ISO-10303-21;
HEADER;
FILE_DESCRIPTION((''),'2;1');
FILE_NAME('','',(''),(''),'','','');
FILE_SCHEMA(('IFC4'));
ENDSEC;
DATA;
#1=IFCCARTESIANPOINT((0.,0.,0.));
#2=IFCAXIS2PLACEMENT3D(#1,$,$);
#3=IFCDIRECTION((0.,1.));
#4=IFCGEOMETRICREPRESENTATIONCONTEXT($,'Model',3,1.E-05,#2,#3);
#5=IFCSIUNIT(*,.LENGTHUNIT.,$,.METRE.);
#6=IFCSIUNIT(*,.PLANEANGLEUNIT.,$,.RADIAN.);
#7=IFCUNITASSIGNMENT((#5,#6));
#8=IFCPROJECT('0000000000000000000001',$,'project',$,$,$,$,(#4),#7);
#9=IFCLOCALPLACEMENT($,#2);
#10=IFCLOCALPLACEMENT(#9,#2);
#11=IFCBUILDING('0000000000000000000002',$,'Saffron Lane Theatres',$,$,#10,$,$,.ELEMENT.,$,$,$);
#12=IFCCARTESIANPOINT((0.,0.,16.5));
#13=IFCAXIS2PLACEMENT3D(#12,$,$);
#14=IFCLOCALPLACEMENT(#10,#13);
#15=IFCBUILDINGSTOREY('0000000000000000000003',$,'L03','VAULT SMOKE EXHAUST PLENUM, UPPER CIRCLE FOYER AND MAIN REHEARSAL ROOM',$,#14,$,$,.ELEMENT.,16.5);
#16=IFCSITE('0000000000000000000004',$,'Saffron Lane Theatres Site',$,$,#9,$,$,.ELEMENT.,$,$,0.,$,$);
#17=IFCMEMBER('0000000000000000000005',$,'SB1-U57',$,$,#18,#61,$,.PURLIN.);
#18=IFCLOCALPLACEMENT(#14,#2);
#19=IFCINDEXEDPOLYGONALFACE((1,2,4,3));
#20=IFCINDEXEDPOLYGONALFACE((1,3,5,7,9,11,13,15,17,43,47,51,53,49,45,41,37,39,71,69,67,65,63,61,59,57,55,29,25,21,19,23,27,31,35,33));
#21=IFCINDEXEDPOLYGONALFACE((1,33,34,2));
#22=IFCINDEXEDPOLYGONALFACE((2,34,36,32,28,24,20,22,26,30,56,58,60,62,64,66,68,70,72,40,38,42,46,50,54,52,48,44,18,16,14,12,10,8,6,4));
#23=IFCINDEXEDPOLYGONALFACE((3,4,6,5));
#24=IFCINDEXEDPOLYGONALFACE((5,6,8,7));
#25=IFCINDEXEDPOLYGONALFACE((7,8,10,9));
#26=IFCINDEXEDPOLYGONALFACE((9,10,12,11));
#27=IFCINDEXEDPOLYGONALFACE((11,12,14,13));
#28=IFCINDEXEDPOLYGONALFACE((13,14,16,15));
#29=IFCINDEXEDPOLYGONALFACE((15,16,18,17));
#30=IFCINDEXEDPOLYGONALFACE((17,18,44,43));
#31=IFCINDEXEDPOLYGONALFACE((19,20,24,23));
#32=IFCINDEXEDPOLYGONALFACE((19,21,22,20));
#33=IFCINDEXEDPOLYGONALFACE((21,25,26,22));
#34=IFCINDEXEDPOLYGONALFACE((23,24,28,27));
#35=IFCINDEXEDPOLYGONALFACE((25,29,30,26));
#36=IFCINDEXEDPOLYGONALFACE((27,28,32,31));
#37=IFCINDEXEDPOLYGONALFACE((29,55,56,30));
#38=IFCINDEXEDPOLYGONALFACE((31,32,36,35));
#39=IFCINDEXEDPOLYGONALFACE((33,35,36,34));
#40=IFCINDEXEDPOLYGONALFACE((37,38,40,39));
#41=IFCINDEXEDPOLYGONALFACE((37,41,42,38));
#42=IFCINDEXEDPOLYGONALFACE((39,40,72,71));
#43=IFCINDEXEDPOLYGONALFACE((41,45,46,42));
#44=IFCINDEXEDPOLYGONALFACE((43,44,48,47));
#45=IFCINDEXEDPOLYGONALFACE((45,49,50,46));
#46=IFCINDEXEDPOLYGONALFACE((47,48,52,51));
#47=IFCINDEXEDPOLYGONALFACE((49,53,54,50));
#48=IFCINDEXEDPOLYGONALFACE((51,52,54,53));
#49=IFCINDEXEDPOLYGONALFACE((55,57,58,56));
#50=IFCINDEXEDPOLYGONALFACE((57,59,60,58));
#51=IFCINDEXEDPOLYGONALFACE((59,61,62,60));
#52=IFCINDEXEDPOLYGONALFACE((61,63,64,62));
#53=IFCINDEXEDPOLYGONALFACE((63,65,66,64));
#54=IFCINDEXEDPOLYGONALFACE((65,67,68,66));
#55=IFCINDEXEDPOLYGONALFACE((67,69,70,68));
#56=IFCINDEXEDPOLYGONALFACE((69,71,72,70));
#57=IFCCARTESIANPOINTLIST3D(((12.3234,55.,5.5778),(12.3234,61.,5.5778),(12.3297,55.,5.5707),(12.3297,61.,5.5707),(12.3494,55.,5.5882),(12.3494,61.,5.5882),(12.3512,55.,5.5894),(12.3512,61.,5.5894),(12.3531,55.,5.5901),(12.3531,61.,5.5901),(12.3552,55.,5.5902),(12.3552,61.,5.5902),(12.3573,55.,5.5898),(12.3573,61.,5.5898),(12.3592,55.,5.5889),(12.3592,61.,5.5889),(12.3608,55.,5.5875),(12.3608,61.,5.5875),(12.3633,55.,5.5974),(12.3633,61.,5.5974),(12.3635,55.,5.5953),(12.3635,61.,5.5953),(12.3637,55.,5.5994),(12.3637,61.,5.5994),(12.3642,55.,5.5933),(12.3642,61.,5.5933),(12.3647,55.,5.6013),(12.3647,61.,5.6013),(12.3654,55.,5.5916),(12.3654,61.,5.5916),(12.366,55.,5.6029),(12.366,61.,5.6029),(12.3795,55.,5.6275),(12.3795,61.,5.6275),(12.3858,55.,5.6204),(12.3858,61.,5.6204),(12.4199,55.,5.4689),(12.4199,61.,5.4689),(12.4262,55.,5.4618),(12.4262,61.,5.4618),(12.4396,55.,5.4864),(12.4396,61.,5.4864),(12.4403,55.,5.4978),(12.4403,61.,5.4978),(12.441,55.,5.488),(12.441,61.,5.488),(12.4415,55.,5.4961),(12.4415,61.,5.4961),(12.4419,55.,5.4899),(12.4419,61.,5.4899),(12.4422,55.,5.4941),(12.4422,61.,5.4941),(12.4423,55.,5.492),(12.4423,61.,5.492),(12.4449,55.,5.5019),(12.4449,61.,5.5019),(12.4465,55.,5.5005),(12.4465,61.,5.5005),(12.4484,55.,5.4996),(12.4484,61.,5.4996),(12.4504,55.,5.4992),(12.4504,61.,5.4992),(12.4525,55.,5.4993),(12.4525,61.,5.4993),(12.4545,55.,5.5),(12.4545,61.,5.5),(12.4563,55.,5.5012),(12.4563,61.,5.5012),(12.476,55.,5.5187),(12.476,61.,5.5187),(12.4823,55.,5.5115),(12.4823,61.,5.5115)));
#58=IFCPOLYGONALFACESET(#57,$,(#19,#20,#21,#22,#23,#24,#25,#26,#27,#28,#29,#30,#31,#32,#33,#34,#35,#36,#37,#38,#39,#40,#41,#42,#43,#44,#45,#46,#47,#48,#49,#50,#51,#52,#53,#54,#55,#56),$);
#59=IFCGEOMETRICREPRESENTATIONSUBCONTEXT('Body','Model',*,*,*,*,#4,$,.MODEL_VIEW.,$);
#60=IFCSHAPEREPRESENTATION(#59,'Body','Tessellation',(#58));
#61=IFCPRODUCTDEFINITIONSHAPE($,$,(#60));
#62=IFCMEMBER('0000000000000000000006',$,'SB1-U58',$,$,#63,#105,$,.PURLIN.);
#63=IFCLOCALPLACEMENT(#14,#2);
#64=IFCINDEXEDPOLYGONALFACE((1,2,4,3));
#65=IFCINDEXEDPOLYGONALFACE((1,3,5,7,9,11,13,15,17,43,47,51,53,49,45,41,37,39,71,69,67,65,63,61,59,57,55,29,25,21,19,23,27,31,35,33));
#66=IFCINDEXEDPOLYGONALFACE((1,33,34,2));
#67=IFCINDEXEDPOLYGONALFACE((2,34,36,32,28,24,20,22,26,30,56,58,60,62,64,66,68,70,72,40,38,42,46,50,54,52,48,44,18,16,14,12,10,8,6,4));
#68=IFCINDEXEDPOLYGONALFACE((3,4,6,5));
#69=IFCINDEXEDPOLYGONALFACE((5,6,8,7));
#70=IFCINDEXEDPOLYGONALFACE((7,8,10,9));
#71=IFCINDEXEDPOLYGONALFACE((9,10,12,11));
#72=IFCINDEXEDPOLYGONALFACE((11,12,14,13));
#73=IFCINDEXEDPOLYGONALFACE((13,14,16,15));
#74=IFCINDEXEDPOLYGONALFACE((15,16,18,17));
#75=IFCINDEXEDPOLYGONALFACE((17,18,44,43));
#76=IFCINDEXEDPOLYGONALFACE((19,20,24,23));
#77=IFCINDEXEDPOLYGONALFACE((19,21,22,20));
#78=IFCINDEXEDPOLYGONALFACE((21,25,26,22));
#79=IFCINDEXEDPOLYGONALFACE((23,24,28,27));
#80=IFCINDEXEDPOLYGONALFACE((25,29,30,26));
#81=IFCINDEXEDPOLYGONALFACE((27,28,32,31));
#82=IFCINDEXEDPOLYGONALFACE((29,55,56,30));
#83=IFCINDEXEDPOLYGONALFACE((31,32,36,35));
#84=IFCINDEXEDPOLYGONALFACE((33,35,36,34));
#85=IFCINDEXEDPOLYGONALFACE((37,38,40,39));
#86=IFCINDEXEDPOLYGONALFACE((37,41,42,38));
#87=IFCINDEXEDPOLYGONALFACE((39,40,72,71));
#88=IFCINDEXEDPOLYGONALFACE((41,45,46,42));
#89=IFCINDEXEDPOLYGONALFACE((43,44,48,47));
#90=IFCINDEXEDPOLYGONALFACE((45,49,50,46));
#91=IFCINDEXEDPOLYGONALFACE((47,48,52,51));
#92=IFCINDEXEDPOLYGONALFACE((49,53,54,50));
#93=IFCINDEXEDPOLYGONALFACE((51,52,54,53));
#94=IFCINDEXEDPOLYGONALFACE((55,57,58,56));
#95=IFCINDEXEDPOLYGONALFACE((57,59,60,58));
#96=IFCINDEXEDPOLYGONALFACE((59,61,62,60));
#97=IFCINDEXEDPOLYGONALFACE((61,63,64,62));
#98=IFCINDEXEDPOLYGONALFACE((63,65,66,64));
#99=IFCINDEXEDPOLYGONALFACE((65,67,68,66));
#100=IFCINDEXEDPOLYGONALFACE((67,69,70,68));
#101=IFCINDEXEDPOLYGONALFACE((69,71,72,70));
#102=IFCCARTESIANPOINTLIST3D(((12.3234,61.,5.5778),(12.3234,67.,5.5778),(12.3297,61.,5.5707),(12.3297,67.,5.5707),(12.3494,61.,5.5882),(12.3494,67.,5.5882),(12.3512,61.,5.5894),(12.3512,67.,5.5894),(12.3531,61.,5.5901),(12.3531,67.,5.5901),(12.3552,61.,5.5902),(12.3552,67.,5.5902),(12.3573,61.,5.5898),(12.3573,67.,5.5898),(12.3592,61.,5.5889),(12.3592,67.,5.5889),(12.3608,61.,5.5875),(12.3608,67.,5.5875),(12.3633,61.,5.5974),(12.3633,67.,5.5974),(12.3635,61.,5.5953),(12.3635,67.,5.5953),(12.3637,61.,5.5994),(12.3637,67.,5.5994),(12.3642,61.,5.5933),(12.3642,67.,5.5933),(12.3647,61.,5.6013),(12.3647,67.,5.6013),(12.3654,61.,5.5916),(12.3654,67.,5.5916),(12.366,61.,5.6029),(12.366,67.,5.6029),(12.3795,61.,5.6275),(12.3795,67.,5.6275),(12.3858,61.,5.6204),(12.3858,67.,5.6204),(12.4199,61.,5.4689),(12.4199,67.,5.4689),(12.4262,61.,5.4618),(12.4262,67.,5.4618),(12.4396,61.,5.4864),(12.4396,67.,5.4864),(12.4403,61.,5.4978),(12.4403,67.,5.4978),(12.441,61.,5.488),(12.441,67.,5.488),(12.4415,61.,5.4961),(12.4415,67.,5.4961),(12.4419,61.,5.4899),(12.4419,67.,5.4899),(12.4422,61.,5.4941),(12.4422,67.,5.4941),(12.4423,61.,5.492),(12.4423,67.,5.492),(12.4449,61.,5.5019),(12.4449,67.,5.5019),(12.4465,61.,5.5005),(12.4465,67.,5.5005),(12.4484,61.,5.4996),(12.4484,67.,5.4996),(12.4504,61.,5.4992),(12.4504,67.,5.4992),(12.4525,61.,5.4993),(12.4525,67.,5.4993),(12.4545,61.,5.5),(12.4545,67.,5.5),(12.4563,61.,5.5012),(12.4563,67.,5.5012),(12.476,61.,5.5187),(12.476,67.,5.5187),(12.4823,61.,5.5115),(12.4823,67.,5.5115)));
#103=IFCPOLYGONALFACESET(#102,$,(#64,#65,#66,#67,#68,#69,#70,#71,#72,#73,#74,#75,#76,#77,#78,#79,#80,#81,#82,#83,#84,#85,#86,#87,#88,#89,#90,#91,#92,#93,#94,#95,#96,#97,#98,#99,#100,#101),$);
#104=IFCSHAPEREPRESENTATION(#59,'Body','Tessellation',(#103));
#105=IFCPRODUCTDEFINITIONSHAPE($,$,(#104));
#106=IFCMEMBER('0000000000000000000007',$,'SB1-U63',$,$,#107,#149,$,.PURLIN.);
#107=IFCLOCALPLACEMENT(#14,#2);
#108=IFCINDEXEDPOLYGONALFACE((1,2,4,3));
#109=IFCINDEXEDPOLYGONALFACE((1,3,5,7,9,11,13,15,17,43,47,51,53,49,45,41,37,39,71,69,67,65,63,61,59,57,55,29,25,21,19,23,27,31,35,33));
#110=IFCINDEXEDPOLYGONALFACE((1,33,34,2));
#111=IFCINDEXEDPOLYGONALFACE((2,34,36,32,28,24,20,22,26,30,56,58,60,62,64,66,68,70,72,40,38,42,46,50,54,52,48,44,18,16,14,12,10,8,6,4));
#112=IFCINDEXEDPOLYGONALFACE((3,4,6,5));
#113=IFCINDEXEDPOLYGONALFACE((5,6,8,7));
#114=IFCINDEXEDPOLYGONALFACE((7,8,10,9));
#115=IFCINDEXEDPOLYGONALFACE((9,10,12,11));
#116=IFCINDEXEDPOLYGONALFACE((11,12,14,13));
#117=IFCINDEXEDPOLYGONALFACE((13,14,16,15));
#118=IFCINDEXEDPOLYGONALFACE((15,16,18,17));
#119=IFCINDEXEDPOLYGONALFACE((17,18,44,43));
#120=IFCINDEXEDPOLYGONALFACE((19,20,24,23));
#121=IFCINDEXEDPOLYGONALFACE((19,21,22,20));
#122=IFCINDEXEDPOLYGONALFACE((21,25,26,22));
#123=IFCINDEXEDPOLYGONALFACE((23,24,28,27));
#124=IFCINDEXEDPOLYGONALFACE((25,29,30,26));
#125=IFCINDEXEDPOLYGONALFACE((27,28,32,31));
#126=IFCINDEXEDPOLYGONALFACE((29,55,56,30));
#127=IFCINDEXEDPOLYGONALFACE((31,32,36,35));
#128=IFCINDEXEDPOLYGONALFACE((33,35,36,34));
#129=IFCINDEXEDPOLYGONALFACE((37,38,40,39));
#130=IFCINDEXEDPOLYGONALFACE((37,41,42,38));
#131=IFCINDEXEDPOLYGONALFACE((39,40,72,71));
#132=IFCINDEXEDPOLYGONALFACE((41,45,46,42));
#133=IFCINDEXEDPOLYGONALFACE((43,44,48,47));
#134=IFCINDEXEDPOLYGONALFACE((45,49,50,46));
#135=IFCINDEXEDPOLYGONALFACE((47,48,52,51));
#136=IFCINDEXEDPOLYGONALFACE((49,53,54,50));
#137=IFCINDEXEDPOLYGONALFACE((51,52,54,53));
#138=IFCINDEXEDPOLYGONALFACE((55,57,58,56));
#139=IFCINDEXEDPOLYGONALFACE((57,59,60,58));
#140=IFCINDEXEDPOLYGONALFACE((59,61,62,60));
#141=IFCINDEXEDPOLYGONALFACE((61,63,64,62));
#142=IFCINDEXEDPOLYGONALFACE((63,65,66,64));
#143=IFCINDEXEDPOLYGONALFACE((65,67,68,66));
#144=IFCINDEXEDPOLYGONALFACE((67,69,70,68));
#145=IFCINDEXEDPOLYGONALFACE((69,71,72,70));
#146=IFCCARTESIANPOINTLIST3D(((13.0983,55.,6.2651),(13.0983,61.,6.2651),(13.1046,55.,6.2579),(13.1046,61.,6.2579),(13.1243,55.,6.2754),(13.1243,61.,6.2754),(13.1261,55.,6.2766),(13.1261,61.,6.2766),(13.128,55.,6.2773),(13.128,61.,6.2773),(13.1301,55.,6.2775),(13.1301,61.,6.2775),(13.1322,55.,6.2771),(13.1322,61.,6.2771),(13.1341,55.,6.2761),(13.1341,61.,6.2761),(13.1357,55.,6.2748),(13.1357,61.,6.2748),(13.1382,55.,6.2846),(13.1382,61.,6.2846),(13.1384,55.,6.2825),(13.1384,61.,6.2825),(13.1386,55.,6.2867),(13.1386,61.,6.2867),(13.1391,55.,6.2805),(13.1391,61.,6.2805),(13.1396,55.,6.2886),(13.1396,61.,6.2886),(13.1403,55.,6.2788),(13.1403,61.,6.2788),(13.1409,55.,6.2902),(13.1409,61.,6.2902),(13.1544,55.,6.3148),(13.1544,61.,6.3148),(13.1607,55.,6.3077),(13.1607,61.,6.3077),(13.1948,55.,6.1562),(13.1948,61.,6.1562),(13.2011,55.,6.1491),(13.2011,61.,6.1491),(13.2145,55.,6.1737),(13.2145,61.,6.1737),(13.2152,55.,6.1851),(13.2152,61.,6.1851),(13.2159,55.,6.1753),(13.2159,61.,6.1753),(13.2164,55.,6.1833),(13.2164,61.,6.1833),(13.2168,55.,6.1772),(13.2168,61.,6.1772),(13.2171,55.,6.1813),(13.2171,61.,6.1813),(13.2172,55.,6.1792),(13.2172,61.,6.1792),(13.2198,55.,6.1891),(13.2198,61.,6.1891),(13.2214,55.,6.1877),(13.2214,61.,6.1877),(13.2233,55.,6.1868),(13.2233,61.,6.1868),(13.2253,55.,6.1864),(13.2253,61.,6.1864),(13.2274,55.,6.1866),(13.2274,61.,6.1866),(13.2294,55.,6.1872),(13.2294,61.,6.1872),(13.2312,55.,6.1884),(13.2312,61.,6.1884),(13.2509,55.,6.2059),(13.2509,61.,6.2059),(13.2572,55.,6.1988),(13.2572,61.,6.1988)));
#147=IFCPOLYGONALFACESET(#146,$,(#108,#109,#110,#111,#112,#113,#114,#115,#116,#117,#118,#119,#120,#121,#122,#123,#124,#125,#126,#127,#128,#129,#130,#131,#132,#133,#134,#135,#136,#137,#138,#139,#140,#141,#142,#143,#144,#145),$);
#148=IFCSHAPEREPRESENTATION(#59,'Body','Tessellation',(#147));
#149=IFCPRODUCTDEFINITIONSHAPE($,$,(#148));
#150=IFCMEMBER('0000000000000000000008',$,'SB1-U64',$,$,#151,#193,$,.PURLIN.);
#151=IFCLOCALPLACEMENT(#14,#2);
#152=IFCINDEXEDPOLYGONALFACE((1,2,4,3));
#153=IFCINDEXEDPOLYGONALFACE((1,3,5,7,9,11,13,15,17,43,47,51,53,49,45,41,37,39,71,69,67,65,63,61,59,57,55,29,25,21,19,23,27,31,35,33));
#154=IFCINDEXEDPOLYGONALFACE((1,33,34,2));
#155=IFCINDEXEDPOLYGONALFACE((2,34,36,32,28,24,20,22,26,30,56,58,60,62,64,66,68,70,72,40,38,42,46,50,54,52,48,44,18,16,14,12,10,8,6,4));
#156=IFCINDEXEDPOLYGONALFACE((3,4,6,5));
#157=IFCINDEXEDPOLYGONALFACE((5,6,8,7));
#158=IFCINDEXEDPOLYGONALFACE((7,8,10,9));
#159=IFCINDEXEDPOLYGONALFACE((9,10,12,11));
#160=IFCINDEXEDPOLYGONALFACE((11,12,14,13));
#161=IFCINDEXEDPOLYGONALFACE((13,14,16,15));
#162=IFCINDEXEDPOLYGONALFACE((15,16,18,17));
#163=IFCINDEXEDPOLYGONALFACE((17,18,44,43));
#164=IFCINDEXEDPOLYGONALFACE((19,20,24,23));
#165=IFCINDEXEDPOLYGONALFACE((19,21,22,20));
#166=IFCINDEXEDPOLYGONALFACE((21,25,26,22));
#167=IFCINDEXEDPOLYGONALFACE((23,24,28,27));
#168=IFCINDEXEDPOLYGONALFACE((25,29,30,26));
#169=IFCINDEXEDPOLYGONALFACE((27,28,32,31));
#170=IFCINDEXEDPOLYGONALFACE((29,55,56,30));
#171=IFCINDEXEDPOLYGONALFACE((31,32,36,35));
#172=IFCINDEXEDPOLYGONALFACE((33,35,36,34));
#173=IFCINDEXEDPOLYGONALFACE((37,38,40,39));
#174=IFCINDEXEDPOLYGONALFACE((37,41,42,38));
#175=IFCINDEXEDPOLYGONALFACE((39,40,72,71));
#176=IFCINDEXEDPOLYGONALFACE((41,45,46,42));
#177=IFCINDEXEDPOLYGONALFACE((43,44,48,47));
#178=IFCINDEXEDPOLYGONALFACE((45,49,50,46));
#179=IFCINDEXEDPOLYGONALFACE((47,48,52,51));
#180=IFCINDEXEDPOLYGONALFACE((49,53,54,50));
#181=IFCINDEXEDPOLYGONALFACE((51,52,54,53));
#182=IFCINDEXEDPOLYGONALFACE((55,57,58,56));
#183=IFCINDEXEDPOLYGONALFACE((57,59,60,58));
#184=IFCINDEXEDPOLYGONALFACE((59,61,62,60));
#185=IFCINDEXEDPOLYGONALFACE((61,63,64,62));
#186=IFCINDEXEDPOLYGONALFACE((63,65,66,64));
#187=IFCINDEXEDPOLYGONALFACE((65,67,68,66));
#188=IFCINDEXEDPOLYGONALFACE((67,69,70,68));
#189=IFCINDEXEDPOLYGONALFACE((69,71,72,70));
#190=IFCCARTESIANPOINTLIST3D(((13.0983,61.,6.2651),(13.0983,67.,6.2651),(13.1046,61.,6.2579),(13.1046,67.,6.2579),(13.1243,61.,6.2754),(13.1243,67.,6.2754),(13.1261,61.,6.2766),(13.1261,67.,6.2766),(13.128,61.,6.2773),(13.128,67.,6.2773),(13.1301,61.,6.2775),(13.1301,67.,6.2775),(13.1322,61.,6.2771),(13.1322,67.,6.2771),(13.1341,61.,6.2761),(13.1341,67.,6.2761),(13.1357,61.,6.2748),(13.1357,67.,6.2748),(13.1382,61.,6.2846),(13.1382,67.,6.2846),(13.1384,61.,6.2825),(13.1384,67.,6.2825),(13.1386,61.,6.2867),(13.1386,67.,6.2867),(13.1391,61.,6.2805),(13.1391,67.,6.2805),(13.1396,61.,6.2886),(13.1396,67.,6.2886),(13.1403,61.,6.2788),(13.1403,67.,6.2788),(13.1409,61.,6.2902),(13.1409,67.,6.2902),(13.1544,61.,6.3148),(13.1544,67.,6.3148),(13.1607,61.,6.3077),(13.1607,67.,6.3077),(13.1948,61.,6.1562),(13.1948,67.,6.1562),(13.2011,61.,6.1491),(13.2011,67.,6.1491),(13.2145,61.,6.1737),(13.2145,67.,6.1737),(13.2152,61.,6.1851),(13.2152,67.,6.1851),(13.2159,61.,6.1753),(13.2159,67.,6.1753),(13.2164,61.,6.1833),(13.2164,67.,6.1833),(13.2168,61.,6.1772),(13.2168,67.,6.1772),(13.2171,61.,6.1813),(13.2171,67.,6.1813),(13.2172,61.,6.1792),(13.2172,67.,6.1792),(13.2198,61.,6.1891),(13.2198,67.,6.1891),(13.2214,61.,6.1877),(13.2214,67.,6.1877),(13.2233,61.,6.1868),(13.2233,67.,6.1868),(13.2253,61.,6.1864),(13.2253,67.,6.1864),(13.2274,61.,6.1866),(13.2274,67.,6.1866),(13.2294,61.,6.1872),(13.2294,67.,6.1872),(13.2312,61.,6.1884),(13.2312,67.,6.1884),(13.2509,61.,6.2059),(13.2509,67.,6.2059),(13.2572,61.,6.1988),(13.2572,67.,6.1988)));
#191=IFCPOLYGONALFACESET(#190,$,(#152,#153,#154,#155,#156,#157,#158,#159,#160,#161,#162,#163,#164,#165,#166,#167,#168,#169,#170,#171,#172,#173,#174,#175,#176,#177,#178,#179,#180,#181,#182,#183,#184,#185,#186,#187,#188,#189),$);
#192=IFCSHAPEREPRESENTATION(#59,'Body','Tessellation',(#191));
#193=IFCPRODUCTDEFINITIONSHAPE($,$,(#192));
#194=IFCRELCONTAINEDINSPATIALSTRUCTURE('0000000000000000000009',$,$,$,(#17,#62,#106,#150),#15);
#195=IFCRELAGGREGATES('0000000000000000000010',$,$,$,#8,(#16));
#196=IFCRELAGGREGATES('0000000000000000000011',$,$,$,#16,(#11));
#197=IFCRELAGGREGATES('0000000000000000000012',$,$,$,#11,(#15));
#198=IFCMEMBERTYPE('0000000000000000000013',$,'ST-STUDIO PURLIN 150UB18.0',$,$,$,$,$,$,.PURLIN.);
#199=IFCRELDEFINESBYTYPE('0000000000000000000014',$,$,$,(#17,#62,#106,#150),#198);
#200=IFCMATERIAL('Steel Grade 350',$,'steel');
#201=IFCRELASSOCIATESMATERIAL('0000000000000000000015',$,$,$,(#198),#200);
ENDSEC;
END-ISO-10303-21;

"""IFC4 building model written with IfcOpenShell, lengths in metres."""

from ifc_helpers import new_model, si_unit, direction, frame, origin, origin_2d, place, context, subcontext, project, spatial, i_section, extrude, material, material_profile, profile_set, type_object, element, save


model = new_model("IFC4")

# Units and contexts
model_context = context("Model", 3, precision=1e-05, world=origin(), true_north=direction((0.0, 1.0)))
body_context = subcontext(model_context, "Body", "Model", "MODEL_VIEW")
ifc_project = project(units=[si_unit("LENGTHUNIT", "METRE"), si_unit("PLANEANGLEUNIT", "RADIAN")], contexts=[model_context])

# Site, building, storey
site_placement = place(None, origin())
site = spatial("IfcSite", under=ifc_project, at=site_placement, Name="Saffron Lane Theatres Site", CompositionType="ELEMENT", RefElevation=0.0)
building_placement = place(site_placement, origin())
building = spatial("IfcBuilding", under=site, at=building_placement, Name="Saffron Lane Theatres", CompositionType="ELEMENT")
storey_placement = place(building_placement, frame((0.0, 0.0, 16.5)))
storey = spatial("IfcBuildingStorey", under=building, at=storey_placement, Name="L03", Description="VAULT SMOKE EXHAUST PLENUM, UPPER CIRCLE FOYER AND MAIN REHEARSAL ROOM", CompositionType="ELEMENT", Elevation=16.5)

# Members
ifc_material_1 = material(Name="Steel Grade 350", Category="steel")
ifc_material_profile_1 = material_profile(ifc_material_1, i_section(OverallWidth=0.075, OverallDepth=0.155, WebThickness=0.0061, FlangeThickness=0.0095, FilletRadius=0.0081, at=origin_2d()))
ifc_profile_set_1 = profile_set([ifc_material_profile_1], Name="Steel Grade 350")
member_type_1 = type_object("IfcMemberType", Name="ST-STUDIO PURLIN 150UB18.0", PredefinedType="PURLIN", material=ifc_profile_set_1)
for number, where, z_axis, x_axis, name in (
    (1, (12.4028, 55.0, 5.5447), (0.0, 1.0, 0.0), (-0.748269, 0.0, -0.663396), "SB1-U57"),
    (2, (12.4028, 61.0, 5.5447), (0.0, 1.0, 0.0), (-0.748269, 0.0, -0.663396), "SB1-U58"),
    (3, (13.1777, 55.0, 6.2319), (0.0, 1.0, 0.0), (-0.748269, 0.0, -0.663396), "SB1-U63"),
    (4, (13.1777, 61.0, 6.2319), (0.0, 1.0, 0.0), (-0.748269, 0.0, -0.663396), "SB1-U64"),
):
    element("IfcMember", number, at=place(storey_placement, frame(where, z_axis=z_axis, x_axis=x_axis)), inside=storey, type_object=member_type_1, Name=name, PredefinedType="PURLIN", context=body_context, shape_type="SweptSolid", body=[
        extrude(i_section(OverallWidth=0.075, OverallDepth=0.155, WebThickness=0.0061, FlangeThickness=0.0095, FilletRadius=0.0081, at=origin_2d()), origin(), (0.0, 0.0, 1.0), 6.0),
    ])

save(model, "model.ifc")
